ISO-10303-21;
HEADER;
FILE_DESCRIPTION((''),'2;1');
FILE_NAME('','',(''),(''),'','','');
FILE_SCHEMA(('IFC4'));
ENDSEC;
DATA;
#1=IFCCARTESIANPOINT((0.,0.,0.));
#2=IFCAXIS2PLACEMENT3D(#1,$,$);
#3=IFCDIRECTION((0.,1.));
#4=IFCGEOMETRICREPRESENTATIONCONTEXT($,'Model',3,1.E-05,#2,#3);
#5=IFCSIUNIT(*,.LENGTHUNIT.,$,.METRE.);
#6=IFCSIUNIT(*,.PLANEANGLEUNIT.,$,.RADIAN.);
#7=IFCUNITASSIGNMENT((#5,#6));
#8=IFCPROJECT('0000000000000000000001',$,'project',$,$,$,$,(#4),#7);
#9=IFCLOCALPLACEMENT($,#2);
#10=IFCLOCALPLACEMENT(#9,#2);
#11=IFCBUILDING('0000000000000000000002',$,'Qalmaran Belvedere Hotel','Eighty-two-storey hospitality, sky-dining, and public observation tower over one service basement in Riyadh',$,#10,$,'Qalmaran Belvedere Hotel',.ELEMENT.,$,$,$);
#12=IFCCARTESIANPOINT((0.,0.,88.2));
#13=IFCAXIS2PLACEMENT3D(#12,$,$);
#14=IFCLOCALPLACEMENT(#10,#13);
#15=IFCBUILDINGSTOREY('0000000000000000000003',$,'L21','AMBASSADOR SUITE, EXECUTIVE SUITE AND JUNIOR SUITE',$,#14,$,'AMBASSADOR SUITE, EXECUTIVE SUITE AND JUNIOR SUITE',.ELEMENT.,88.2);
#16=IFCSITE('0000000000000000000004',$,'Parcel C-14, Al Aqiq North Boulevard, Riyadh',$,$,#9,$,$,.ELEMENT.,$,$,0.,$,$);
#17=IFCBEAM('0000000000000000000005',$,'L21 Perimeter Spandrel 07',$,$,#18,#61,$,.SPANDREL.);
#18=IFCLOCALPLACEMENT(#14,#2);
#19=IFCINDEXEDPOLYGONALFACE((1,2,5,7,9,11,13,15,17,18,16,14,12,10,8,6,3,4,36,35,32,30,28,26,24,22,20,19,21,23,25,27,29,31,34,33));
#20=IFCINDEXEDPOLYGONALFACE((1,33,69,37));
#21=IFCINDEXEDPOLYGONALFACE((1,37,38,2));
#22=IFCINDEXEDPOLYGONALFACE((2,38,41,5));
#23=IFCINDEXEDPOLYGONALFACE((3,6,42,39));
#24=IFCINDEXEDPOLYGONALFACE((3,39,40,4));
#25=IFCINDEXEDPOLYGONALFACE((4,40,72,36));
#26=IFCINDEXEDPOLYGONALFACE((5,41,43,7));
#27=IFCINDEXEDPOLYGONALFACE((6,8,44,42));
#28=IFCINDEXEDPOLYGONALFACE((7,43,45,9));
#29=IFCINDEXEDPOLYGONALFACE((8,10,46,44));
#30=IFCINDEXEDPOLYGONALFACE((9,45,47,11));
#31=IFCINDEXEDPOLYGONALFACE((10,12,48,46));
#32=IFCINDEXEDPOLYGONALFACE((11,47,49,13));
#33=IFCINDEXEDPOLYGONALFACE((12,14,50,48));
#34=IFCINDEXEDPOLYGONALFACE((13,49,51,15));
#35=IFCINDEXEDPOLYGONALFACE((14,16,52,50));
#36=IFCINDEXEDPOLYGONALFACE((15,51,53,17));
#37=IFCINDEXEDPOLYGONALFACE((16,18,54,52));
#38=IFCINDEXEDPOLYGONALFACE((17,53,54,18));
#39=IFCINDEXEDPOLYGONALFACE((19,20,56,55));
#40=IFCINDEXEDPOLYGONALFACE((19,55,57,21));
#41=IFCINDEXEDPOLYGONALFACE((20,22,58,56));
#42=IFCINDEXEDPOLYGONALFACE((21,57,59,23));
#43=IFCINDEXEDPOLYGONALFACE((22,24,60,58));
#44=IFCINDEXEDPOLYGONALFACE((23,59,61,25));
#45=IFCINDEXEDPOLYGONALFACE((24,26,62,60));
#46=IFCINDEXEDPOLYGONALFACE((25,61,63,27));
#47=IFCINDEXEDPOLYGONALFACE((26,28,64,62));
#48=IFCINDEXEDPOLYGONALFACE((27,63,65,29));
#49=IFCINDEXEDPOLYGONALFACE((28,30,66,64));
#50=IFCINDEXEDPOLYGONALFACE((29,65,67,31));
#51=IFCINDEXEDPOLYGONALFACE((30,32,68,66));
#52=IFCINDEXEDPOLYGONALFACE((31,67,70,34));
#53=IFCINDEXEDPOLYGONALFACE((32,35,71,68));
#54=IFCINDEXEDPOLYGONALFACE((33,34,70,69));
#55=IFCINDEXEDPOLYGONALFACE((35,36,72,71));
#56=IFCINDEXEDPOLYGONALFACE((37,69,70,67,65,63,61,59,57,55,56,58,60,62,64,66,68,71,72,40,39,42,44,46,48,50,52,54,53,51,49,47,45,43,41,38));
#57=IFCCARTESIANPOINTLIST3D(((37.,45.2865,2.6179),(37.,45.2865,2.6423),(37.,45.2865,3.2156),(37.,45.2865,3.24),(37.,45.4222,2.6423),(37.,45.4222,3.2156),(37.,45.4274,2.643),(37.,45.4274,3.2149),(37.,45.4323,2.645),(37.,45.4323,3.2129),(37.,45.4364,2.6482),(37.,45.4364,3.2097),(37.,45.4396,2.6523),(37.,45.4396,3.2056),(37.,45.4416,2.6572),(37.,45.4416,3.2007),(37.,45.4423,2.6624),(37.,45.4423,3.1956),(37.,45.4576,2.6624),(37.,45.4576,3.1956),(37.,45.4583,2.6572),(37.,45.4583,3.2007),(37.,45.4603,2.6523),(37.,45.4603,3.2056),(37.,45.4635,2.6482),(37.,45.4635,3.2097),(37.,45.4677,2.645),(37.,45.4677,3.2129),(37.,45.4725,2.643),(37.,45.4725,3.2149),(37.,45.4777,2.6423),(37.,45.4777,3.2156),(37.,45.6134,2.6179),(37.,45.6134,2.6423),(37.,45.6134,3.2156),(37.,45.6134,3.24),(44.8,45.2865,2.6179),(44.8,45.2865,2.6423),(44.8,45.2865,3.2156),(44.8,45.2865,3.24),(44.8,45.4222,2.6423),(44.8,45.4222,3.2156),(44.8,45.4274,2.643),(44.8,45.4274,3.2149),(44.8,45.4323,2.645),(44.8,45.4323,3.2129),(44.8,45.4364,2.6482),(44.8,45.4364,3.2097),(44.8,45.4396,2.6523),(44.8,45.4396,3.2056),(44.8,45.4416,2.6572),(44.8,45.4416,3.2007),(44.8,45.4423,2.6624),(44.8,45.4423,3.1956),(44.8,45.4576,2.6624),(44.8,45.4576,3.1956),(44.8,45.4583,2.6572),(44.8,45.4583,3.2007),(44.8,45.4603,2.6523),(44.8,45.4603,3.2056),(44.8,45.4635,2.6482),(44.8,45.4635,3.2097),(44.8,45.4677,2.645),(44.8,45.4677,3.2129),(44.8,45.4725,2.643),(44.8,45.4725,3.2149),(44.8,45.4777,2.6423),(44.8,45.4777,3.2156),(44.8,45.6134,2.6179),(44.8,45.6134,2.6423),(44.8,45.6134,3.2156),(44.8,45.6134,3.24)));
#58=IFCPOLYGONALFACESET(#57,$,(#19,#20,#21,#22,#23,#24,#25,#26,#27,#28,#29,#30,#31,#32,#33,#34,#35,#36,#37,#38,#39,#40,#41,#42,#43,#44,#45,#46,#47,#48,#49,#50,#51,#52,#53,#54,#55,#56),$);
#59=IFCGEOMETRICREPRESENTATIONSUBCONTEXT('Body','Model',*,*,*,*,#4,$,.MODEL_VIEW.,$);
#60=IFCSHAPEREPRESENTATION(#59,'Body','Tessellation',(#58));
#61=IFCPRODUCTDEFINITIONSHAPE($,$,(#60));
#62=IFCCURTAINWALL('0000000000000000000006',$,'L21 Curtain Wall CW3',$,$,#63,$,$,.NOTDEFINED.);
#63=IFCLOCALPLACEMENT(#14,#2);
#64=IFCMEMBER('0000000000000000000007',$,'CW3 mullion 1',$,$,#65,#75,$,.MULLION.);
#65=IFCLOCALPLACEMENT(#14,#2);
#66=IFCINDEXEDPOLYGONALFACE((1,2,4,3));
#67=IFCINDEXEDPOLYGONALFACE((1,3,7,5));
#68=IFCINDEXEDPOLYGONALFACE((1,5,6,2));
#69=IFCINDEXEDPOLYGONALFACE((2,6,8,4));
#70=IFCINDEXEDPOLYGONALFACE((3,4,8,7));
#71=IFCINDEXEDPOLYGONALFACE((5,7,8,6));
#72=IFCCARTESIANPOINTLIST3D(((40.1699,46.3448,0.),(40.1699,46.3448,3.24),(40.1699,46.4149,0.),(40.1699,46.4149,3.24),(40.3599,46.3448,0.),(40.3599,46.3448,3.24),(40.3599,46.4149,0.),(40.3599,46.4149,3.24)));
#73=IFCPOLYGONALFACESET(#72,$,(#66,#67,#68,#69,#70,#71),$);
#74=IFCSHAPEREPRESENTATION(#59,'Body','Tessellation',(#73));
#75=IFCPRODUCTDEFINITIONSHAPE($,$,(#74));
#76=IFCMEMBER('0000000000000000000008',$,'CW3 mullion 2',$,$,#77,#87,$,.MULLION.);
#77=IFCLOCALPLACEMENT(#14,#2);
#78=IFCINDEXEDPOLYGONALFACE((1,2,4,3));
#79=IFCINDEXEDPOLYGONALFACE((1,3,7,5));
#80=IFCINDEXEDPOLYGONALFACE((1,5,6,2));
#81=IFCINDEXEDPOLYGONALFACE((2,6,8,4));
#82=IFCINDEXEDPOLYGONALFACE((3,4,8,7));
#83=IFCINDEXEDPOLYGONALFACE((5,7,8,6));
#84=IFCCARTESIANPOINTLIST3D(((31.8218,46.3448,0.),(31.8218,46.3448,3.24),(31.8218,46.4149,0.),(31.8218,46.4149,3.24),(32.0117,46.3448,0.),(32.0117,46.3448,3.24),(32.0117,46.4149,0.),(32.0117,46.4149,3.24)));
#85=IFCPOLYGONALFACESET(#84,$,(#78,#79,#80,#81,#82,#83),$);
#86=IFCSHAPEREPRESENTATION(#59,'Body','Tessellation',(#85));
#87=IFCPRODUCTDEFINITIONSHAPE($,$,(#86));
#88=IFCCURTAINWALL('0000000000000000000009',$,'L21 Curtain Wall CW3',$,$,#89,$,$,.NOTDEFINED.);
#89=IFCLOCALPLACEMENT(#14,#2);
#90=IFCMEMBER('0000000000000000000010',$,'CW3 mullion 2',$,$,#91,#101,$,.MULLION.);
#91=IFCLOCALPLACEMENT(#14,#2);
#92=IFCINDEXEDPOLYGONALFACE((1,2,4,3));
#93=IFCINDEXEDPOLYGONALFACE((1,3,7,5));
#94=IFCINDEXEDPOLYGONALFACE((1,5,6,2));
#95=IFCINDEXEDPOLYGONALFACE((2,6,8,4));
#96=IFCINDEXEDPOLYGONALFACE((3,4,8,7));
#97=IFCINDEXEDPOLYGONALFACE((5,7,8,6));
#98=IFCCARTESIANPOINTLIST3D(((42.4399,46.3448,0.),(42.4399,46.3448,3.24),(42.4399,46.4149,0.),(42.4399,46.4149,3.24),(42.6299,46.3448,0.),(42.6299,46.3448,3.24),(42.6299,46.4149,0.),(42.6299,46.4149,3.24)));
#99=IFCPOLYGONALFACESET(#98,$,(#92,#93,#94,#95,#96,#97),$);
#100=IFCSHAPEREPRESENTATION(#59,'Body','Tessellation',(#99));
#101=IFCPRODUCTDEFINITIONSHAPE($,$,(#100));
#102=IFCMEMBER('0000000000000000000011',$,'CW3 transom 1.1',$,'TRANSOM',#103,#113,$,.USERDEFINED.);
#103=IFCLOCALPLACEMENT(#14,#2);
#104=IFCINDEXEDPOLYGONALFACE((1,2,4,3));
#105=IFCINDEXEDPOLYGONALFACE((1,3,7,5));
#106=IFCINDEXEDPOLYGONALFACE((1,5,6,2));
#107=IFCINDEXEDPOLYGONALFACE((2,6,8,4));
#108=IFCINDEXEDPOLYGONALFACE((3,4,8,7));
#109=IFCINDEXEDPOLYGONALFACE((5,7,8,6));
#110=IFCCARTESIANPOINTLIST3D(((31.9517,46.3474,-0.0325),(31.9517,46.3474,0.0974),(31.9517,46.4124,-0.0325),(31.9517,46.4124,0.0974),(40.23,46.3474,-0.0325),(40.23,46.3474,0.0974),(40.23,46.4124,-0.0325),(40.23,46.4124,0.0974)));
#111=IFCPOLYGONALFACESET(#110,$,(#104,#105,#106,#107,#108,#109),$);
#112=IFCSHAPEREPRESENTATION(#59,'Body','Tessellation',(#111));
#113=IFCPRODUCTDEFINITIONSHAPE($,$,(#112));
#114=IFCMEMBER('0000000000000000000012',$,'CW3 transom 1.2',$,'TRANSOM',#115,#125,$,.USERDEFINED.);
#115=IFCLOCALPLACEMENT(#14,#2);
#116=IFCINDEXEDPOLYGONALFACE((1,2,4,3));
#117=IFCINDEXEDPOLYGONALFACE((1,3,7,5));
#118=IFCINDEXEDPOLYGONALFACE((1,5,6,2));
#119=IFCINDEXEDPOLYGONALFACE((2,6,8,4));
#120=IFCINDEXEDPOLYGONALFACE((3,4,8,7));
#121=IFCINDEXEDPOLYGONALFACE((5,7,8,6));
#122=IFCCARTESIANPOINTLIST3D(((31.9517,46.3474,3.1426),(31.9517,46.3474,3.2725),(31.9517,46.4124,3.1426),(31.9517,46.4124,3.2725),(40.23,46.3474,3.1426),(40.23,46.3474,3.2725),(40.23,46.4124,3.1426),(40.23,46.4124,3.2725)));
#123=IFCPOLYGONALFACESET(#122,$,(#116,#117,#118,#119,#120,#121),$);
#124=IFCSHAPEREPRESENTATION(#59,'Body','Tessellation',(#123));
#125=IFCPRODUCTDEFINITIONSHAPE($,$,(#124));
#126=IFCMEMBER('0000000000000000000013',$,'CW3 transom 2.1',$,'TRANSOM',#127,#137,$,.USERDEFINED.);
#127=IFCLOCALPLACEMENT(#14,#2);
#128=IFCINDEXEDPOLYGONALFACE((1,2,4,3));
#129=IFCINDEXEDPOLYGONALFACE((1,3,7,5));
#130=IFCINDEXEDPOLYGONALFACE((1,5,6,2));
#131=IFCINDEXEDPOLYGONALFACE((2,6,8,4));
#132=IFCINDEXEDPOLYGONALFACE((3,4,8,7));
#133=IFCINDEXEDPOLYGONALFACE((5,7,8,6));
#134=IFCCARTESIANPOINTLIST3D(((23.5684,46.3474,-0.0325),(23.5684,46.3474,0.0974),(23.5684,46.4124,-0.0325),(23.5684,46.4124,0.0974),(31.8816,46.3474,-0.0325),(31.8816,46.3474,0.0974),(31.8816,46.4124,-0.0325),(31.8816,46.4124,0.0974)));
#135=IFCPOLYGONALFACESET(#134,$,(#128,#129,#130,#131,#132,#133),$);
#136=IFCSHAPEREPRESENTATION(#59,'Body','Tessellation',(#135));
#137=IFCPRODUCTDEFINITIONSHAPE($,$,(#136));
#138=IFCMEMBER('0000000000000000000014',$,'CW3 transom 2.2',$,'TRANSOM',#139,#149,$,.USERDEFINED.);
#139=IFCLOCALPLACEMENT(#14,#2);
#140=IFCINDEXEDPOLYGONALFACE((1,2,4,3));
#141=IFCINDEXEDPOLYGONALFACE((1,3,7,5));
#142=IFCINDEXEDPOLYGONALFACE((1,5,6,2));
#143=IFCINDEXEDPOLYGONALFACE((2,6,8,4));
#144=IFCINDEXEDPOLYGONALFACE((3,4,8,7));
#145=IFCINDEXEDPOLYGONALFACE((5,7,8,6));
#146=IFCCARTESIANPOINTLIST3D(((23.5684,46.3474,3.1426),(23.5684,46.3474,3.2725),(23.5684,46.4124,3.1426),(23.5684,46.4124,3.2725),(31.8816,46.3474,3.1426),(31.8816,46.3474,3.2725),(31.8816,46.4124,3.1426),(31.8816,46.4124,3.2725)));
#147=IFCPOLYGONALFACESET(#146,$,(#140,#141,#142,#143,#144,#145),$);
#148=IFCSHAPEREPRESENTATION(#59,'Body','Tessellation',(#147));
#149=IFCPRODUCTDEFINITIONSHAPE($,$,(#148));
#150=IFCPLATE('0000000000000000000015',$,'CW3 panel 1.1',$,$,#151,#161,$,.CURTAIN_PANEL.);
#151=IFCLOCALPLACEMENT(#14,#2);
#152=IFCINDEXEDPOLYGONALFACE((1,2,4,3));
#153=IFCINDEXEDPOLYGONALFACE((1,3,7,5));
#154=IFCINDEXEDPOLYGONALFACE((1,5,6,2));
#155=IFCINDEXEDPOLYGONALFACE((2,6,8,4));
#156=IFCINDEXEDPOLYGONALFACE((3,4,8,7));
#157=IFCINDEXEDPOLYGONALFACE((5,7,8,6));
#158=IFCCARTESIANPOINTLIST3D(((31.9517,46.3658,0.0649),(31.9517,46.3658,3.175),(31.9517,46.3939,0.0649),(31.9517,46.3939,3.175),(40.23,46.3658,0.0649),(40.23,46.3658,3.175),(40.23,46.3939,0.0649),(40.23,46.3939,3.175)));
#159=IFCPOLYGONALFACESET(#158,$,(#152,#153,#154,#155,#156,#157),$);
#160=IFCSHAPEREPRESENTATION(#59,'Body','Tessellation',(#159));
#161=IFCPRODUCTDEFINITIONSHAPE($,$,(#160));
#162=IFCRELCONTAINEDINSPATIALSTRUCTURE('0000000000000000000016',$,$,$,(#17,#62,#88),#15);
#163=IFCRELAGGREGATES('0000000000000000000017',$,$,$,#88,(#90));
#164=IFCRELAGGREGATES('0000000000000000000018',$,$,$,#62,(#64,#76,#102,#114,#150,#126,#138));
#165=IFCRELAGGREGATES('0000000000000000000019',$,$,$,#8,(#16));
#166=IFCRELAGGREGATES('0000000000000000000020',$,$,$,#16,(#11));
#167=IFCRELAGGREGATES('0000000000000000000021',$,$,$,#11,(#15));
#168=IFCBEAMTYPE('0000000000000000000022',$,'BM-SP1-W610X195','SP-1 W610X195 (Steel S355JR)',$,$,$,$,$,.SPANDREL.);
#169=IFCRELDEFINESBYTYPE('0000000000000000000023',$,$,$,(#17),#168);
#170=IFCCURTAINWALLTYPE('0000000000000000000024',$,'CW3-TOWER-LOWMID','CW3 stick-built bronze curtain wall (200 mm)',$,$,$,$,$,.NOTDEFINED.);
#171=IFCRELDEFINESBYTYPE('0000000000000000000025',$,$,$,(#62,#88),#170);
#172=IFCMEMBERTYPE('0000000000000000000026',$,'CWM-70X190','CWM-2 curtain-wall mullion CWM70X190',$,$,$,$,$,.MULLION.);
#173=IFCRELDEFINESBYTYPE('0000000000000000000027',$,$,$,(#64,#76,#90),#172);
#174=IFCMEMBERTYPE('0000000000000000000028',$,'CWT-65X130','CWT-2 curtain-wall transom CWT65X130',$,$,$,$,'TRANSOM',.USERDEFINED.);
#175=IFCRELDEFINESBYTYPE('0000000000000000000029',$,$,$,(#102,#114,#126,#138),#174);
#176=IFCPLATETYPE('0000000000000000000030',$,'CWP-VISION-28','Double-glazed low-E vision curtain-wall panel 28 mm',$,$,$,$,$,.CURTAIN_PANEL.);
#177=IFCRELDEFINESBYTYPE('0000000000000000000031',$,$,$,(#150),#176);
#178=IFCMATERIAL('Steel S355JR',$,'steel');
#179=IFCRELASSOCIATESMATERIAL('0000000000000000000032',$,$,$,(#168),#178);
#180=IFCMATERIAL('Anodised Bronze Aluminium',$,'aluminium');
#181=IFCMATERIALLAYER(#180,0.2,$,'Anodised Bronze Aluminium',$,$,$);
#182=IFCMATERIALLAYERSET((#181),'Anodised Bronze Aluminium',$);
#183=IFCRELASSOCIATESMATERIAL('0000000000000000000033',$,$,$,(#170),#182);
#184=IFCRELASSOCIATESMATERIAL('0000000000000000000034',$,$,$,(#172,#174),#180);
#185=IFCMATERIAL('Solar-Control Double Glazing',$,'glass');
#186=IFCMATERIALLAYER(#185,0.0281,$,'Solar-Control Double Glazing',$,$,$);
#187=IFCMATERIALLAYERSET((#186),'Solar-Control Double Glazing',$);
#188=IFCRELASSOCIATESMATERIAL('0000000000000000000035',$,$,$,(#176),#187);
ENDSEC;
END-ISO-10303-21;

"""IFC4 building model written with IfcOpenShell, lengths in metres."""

from ifc_helpers import new_model, si_unit, direction, frame, origin, origin_2d, place, context, subcontext, project, spatial, rectangle, i_section, extrude, material, layer, layer_set, material_profile, profile_set, type_object, element, aggregate, save


model = new_model("IFC4")

# Units and contexts
model_context = context("Model", 3, precision=1e-05, world=origin(), true_north=direction((0.0, 1.0)))
body_context = subcontext(model_context, "Body", "Model", "MODEL_VIEW")
ifc_project = project(units=[si_unit("LENGTHUNIT", "METRE"), si_unit("PLANEANGLEUNIT", "RADIAN")], contexts=[model_context])

# Site, building, storey
site_placement = place(None, origin())
site = spatial("IfcSite", under=ifc_project, at=site_placement, Name="Parcel C-14, Al Aqiq North Boulevard, Riyadh", CompositionType="ELEMENT", RefElevation=0.0)
building_placement = place(site_placement, origin())
building = spatial("IfcBuilding", under=site, at=building_placement, Name="Qalmaran Belvedere Hotel", Description="Eighty-two-storey hospitality, sky-dining, and public observation tower over one service basement in Riyadh", LongName="Qalmaran Belvedere Hotel", CompositionType="ELEMENT")
storey_placement = place(building_placement, frame((0.0, 0.0, 88.2)))
storey = spatial("IfcBuildingStorey", under=building, at=storey_placement, Name="L21", Description="AMBASSADOR SUITE, EXECUTIVE SUITE AND JUNIOR SUITE", LongName="AMBASSADOR SUITE, EXECUTIVE SUITE AND JUNIOR SUITE", CompositionType="ELEMENT", Elevation=88.2)

# Beam
ifc_material_1 = material(Name="Steel S355JR", Category="steel")
ifc_material_profile_1 = material_profile(ifc_material_1, i_section(OverallWidth=0.3269, OverallDepth=0.6221, WebThickness=0.0154, FlangeThickness=0.0244, FilletRadius=0.02, at=origin_2d()), Name="W610X195")
ifc_profile_set_1 = profile_set([ifc_material_profile_1], Name="Steel S355JR")
beam_type_1 = type_object("IfcBeamType", Name="BM-SP1-W610X195", Description="SP-1 W610X195 (Steel S355JR)", PredefinedType="SPANDREL", material=ifc_profile_set_1)
beam_placement = place(storey_placement, frame((37.0, 45.45, 2.929), z_axis=(1.0, 0.0, 0.0), x_axis=(0.0, 1.0, 0.0)))
element("IfcBeam", 1, at=beam_placement, inside=storey, type_object=beam_type_1, Name="L21 Perimeter Spandrel 07", PredefinedType="SPANDREL", context=body_context, shape_type="SweptSolid", body=[
    extrude(i_section(OverallWidth=0.3269, OverallDepth=0.6221, WebThickness=0.0154, FlangeThickness=0.0244, FilletRadius=0.02, at=origin_2d()), origin(), (0.0, 0.0, 1.0), 7.8),
])

# Curtain wall, members
ifc_material_2 = material(Name="Anodised Bronze Aluminium", Category="aluminium")
ifc_layer_1 = layer(ifc_material_2, 0.2, Name="Anodised Bronze Aluminium")
ifc_layer_set_1 = layer_set([ifc_layer_1], Name="Anodised Bronze Aluminium")
curtain_wall_type = type_object("IfcCurtainWallType", Name="CW3-TOWER-LOWMID", Description="CW3 stick-built bronze curtain wall (200 mm)", PredefinedType="NOTDEFINED", material=ifc_layer_set_1)
curtain_wall_1_placement = place(storey_placement, origin())
curtain_wall_1 = element("IfcCurtainWall", 2, at=curtain_wall_1_placement, inside=storey, type_object=curtain_wall_type, Name="L21 Curtain Wall CW3", PredefinedType="NOTDEFINED")
ifc_material_profile_2 = material_profile(ifc_material_2, rectangle(XDim=0.0701, YDim=0.1899, at=origin_2d()), Name="CWM70X190")
ifc_profile_set_2 = profile_set([ifc_material_profile_2], Name="Anodised Bronze Aluminium")
member_type_1 = type_object("IfcMemberType", Name="CWM-70X190", Description="CWM-2 curtain-wall mullion CWM70X190", PredefinedType="MULLION", material=ifc_profile_set_2)
member_1_placement = place(storey_placement, frame((40.2649, 46.3799, 0.0), z_axis=(0.0, 0.0, 1.0), x_axis=(0.0, -1.0, 0.0)))
member_1 = element("IfcMember", 3, at=member_1_placement, type_object=member_type_1, Name="CW3 mullion 1", PredefinedType="MULLION", context=body_context, shape_type="SweptSolid", body=[
    extrude(rectangle(XDim=0.0701, YDim=0.1899, at=origin_2d()), origin(), (0.0, 0.0, 1.0), 3.24),
])
member_2_placement = place(storey_placement, frame((31.9167, 46.3799, 0.0), z_axis=(0.0, 0.0, 1.0), x_axis=(0.0, -1.0, 0.0)))
member_2 = element("IfcMember", 4, at=member_2_placement, type_object=member_type_1, Name="CW3 mullion 2", PredefinedType="MULLION", context=body_context, shape_type="SweptSolid", body=[
    extrude(rectangle(XDim=0.0701, YDim=0.1899, at=origin_2d()), origin(), (0.0, 0.0, 1.0), 3.24),
])

# Curtain wall, member
curtain_wall_2_placement = place(storey_placement, origin())
curtain_wall_2 = element("IfcCurtainWall", 5, at=curtain_wall_2_placement, inside=storey, type_object=curtain_wall_type, Name="L21 Curtain Wall CW3", PredefinedType="NOTDEFINED")
member_3_placement = place(storey_placement, frame((42.5349, 46.3799, 0.0), z_axis=(0.0, 0.0, 1.0), x_axis=(0.0, -1.0, 0.0)))
member_3 = element("IfcMember", 6, at=member_3_placement, type_object=member_type_1, Name="CW3 mullion 2", PredefinedType="MULLION", context=body_context, shape_type="SweptSolid", body=[
    extrude(rectangle(XDim=0.0701, YDim=0.1899, at=origin_2d()), origin(), (0.0, 0.0, 1.0), 3.24),
])
aggregate(curtain_wall_2, [member_3])

# Members
ifc_material_profile_3 = material_profile(ifc_material_2, rectangle(XDim=0.0649, YDim=0.1299, at=origin_2d()), Name="CWT65X130")
ifc_profile_set_3 = profile_set([ifc_material_profile_3], Name="Anodised Bronze Aluminium")
member_type_2 = type_object("IfcMemberType", Name="CWT-65X130", Description="CWT-2 curtain-wall transom CWT65X130", ElementType="TRANSOM", PredefinedType="USERDEFINED", material=ifc_profile_set_3)
member_4_placement = place(storey_placement, frame((40.23, 46.3799, 0.0325), z_axis=(-1.0, 0.0, 0.0), x_axis=(0.0, -1.0, 0.0)))
member_4 = element("IfcMember", 7, at=member_4_placement, type_object=member_type_2, Name="CW3 transom 1.1", ObjectType="TRANSOM", PredefinedType="USERDEFINED", context=body_context, shape_type="SweptSolid", body=[
    extrude(rectangle(XDim=0.0649, YDim=0.1299, at=origin_2d()), origin(), (0.0, 0.0, 1.0), 8.2783),
])
member_5_placement = place(storey_placement, frame((40.23, 46.3799, 3.2075), z_axis=(-1.0, 0.0, 0.0), x_axis=(0.0, -1.0, 0.0)))
member_5 = element("IfcMember", 8, at=member_5_placement, type_object=member_type_2, Name="CW3 transom 1.2", ObjectType="TRANSOM", PredefinedType="USERDEFINED", context=body_context, shape_type="SweptSolid", body=[
    extrude(rectangle(XDim=0.0649, YDim=0.1299, at=origin_2d()), origin(), (0.0, 0.0, 1.0), 8.2783),
])
member_6_placement = place(storey_placement, frame((31.8816, 46.3799, 0.0325), z_axis=(-1.0, 0.0, 0.0), x_axis=(0.0, -1.0, 0.0)))
member_6 = element("IfcMember", 9, at=member_6_placement, type_object=member_type_2, Name="CW3 transom 2.1", ObjectType="TRANSOM", PredefinedType="USERDEFINED", context=body_context, shape_type="SweptSolid", body=[
    extrude(rectangle(XDim=0.0649, YDim=0.1299, at=origin_2d()), origin(), (0.0, 0.0, 1.0), 8.3132),
])
member_7_placement = place(storey_placement, frame((31.8816, 46.3799, 3.2075), z_axis=(-1.0, 0.0, 0.0), x_axis=(0.0, -1.0, 0.0)))
member_7 = element("IfcMember", 10, at=member_7_placement, type_object=member_type_2, Name="CW3 transom 2.2", ObjectType="TRANSOM", PredefinedType="USERDEFINED", context=body_context, shape_type="SweptSolid", body=[
    extrude(rectangle(XDim=0.0649, YDim=0.1299, at=origin_2d()), origin(), (0.0, 0.0, 1.0), 8.3132),
])

# Plate
ifc_material_3 = material(Name="Solar-Control Double Glazing", Category="glass")
ifc_layer_2 = layer(ifc_material_3, 0.0281, Name="Solar-Control Double Glazing")
ifc_layer_set_2 = layer_set([ifc_layer_2], Name="Solar-Control Double Glazing")
plate_type = type_object("IfcPlateType", Name="CWP-VISION-28", Description="Double-glazed low-E vision curtain-wall panel 28 mm", PredefinedType="CURTAIN_PANEL", material=ifc_layer_set_2)
plate_placement = place(storey_placement, frame((36.0908, 46.3799, 0.0649), z_axis=(0.0, 0.0, 1.0), x_axis=(-1.0, 0.0, 0.0)))
plate = element("IfcPlate", 11, at=plate_placement, type_object=plate_type, Name="CW3 panel 1.1", PredefinedType="CURTAIN_PANEL", context=body_context, shape_type="SweptSolid", body=[
    extrude(rectangle(XDim=8.2783, YDim=0.0281, at=origin_2d()), origin(), (0.0, 0.0, 1.0), 3.1101),
])
aggregate(curtain_wall_1, [member_1, member_2, member_4, member_5, plate, member_6, member_7])

save(model, "model.ifc")
